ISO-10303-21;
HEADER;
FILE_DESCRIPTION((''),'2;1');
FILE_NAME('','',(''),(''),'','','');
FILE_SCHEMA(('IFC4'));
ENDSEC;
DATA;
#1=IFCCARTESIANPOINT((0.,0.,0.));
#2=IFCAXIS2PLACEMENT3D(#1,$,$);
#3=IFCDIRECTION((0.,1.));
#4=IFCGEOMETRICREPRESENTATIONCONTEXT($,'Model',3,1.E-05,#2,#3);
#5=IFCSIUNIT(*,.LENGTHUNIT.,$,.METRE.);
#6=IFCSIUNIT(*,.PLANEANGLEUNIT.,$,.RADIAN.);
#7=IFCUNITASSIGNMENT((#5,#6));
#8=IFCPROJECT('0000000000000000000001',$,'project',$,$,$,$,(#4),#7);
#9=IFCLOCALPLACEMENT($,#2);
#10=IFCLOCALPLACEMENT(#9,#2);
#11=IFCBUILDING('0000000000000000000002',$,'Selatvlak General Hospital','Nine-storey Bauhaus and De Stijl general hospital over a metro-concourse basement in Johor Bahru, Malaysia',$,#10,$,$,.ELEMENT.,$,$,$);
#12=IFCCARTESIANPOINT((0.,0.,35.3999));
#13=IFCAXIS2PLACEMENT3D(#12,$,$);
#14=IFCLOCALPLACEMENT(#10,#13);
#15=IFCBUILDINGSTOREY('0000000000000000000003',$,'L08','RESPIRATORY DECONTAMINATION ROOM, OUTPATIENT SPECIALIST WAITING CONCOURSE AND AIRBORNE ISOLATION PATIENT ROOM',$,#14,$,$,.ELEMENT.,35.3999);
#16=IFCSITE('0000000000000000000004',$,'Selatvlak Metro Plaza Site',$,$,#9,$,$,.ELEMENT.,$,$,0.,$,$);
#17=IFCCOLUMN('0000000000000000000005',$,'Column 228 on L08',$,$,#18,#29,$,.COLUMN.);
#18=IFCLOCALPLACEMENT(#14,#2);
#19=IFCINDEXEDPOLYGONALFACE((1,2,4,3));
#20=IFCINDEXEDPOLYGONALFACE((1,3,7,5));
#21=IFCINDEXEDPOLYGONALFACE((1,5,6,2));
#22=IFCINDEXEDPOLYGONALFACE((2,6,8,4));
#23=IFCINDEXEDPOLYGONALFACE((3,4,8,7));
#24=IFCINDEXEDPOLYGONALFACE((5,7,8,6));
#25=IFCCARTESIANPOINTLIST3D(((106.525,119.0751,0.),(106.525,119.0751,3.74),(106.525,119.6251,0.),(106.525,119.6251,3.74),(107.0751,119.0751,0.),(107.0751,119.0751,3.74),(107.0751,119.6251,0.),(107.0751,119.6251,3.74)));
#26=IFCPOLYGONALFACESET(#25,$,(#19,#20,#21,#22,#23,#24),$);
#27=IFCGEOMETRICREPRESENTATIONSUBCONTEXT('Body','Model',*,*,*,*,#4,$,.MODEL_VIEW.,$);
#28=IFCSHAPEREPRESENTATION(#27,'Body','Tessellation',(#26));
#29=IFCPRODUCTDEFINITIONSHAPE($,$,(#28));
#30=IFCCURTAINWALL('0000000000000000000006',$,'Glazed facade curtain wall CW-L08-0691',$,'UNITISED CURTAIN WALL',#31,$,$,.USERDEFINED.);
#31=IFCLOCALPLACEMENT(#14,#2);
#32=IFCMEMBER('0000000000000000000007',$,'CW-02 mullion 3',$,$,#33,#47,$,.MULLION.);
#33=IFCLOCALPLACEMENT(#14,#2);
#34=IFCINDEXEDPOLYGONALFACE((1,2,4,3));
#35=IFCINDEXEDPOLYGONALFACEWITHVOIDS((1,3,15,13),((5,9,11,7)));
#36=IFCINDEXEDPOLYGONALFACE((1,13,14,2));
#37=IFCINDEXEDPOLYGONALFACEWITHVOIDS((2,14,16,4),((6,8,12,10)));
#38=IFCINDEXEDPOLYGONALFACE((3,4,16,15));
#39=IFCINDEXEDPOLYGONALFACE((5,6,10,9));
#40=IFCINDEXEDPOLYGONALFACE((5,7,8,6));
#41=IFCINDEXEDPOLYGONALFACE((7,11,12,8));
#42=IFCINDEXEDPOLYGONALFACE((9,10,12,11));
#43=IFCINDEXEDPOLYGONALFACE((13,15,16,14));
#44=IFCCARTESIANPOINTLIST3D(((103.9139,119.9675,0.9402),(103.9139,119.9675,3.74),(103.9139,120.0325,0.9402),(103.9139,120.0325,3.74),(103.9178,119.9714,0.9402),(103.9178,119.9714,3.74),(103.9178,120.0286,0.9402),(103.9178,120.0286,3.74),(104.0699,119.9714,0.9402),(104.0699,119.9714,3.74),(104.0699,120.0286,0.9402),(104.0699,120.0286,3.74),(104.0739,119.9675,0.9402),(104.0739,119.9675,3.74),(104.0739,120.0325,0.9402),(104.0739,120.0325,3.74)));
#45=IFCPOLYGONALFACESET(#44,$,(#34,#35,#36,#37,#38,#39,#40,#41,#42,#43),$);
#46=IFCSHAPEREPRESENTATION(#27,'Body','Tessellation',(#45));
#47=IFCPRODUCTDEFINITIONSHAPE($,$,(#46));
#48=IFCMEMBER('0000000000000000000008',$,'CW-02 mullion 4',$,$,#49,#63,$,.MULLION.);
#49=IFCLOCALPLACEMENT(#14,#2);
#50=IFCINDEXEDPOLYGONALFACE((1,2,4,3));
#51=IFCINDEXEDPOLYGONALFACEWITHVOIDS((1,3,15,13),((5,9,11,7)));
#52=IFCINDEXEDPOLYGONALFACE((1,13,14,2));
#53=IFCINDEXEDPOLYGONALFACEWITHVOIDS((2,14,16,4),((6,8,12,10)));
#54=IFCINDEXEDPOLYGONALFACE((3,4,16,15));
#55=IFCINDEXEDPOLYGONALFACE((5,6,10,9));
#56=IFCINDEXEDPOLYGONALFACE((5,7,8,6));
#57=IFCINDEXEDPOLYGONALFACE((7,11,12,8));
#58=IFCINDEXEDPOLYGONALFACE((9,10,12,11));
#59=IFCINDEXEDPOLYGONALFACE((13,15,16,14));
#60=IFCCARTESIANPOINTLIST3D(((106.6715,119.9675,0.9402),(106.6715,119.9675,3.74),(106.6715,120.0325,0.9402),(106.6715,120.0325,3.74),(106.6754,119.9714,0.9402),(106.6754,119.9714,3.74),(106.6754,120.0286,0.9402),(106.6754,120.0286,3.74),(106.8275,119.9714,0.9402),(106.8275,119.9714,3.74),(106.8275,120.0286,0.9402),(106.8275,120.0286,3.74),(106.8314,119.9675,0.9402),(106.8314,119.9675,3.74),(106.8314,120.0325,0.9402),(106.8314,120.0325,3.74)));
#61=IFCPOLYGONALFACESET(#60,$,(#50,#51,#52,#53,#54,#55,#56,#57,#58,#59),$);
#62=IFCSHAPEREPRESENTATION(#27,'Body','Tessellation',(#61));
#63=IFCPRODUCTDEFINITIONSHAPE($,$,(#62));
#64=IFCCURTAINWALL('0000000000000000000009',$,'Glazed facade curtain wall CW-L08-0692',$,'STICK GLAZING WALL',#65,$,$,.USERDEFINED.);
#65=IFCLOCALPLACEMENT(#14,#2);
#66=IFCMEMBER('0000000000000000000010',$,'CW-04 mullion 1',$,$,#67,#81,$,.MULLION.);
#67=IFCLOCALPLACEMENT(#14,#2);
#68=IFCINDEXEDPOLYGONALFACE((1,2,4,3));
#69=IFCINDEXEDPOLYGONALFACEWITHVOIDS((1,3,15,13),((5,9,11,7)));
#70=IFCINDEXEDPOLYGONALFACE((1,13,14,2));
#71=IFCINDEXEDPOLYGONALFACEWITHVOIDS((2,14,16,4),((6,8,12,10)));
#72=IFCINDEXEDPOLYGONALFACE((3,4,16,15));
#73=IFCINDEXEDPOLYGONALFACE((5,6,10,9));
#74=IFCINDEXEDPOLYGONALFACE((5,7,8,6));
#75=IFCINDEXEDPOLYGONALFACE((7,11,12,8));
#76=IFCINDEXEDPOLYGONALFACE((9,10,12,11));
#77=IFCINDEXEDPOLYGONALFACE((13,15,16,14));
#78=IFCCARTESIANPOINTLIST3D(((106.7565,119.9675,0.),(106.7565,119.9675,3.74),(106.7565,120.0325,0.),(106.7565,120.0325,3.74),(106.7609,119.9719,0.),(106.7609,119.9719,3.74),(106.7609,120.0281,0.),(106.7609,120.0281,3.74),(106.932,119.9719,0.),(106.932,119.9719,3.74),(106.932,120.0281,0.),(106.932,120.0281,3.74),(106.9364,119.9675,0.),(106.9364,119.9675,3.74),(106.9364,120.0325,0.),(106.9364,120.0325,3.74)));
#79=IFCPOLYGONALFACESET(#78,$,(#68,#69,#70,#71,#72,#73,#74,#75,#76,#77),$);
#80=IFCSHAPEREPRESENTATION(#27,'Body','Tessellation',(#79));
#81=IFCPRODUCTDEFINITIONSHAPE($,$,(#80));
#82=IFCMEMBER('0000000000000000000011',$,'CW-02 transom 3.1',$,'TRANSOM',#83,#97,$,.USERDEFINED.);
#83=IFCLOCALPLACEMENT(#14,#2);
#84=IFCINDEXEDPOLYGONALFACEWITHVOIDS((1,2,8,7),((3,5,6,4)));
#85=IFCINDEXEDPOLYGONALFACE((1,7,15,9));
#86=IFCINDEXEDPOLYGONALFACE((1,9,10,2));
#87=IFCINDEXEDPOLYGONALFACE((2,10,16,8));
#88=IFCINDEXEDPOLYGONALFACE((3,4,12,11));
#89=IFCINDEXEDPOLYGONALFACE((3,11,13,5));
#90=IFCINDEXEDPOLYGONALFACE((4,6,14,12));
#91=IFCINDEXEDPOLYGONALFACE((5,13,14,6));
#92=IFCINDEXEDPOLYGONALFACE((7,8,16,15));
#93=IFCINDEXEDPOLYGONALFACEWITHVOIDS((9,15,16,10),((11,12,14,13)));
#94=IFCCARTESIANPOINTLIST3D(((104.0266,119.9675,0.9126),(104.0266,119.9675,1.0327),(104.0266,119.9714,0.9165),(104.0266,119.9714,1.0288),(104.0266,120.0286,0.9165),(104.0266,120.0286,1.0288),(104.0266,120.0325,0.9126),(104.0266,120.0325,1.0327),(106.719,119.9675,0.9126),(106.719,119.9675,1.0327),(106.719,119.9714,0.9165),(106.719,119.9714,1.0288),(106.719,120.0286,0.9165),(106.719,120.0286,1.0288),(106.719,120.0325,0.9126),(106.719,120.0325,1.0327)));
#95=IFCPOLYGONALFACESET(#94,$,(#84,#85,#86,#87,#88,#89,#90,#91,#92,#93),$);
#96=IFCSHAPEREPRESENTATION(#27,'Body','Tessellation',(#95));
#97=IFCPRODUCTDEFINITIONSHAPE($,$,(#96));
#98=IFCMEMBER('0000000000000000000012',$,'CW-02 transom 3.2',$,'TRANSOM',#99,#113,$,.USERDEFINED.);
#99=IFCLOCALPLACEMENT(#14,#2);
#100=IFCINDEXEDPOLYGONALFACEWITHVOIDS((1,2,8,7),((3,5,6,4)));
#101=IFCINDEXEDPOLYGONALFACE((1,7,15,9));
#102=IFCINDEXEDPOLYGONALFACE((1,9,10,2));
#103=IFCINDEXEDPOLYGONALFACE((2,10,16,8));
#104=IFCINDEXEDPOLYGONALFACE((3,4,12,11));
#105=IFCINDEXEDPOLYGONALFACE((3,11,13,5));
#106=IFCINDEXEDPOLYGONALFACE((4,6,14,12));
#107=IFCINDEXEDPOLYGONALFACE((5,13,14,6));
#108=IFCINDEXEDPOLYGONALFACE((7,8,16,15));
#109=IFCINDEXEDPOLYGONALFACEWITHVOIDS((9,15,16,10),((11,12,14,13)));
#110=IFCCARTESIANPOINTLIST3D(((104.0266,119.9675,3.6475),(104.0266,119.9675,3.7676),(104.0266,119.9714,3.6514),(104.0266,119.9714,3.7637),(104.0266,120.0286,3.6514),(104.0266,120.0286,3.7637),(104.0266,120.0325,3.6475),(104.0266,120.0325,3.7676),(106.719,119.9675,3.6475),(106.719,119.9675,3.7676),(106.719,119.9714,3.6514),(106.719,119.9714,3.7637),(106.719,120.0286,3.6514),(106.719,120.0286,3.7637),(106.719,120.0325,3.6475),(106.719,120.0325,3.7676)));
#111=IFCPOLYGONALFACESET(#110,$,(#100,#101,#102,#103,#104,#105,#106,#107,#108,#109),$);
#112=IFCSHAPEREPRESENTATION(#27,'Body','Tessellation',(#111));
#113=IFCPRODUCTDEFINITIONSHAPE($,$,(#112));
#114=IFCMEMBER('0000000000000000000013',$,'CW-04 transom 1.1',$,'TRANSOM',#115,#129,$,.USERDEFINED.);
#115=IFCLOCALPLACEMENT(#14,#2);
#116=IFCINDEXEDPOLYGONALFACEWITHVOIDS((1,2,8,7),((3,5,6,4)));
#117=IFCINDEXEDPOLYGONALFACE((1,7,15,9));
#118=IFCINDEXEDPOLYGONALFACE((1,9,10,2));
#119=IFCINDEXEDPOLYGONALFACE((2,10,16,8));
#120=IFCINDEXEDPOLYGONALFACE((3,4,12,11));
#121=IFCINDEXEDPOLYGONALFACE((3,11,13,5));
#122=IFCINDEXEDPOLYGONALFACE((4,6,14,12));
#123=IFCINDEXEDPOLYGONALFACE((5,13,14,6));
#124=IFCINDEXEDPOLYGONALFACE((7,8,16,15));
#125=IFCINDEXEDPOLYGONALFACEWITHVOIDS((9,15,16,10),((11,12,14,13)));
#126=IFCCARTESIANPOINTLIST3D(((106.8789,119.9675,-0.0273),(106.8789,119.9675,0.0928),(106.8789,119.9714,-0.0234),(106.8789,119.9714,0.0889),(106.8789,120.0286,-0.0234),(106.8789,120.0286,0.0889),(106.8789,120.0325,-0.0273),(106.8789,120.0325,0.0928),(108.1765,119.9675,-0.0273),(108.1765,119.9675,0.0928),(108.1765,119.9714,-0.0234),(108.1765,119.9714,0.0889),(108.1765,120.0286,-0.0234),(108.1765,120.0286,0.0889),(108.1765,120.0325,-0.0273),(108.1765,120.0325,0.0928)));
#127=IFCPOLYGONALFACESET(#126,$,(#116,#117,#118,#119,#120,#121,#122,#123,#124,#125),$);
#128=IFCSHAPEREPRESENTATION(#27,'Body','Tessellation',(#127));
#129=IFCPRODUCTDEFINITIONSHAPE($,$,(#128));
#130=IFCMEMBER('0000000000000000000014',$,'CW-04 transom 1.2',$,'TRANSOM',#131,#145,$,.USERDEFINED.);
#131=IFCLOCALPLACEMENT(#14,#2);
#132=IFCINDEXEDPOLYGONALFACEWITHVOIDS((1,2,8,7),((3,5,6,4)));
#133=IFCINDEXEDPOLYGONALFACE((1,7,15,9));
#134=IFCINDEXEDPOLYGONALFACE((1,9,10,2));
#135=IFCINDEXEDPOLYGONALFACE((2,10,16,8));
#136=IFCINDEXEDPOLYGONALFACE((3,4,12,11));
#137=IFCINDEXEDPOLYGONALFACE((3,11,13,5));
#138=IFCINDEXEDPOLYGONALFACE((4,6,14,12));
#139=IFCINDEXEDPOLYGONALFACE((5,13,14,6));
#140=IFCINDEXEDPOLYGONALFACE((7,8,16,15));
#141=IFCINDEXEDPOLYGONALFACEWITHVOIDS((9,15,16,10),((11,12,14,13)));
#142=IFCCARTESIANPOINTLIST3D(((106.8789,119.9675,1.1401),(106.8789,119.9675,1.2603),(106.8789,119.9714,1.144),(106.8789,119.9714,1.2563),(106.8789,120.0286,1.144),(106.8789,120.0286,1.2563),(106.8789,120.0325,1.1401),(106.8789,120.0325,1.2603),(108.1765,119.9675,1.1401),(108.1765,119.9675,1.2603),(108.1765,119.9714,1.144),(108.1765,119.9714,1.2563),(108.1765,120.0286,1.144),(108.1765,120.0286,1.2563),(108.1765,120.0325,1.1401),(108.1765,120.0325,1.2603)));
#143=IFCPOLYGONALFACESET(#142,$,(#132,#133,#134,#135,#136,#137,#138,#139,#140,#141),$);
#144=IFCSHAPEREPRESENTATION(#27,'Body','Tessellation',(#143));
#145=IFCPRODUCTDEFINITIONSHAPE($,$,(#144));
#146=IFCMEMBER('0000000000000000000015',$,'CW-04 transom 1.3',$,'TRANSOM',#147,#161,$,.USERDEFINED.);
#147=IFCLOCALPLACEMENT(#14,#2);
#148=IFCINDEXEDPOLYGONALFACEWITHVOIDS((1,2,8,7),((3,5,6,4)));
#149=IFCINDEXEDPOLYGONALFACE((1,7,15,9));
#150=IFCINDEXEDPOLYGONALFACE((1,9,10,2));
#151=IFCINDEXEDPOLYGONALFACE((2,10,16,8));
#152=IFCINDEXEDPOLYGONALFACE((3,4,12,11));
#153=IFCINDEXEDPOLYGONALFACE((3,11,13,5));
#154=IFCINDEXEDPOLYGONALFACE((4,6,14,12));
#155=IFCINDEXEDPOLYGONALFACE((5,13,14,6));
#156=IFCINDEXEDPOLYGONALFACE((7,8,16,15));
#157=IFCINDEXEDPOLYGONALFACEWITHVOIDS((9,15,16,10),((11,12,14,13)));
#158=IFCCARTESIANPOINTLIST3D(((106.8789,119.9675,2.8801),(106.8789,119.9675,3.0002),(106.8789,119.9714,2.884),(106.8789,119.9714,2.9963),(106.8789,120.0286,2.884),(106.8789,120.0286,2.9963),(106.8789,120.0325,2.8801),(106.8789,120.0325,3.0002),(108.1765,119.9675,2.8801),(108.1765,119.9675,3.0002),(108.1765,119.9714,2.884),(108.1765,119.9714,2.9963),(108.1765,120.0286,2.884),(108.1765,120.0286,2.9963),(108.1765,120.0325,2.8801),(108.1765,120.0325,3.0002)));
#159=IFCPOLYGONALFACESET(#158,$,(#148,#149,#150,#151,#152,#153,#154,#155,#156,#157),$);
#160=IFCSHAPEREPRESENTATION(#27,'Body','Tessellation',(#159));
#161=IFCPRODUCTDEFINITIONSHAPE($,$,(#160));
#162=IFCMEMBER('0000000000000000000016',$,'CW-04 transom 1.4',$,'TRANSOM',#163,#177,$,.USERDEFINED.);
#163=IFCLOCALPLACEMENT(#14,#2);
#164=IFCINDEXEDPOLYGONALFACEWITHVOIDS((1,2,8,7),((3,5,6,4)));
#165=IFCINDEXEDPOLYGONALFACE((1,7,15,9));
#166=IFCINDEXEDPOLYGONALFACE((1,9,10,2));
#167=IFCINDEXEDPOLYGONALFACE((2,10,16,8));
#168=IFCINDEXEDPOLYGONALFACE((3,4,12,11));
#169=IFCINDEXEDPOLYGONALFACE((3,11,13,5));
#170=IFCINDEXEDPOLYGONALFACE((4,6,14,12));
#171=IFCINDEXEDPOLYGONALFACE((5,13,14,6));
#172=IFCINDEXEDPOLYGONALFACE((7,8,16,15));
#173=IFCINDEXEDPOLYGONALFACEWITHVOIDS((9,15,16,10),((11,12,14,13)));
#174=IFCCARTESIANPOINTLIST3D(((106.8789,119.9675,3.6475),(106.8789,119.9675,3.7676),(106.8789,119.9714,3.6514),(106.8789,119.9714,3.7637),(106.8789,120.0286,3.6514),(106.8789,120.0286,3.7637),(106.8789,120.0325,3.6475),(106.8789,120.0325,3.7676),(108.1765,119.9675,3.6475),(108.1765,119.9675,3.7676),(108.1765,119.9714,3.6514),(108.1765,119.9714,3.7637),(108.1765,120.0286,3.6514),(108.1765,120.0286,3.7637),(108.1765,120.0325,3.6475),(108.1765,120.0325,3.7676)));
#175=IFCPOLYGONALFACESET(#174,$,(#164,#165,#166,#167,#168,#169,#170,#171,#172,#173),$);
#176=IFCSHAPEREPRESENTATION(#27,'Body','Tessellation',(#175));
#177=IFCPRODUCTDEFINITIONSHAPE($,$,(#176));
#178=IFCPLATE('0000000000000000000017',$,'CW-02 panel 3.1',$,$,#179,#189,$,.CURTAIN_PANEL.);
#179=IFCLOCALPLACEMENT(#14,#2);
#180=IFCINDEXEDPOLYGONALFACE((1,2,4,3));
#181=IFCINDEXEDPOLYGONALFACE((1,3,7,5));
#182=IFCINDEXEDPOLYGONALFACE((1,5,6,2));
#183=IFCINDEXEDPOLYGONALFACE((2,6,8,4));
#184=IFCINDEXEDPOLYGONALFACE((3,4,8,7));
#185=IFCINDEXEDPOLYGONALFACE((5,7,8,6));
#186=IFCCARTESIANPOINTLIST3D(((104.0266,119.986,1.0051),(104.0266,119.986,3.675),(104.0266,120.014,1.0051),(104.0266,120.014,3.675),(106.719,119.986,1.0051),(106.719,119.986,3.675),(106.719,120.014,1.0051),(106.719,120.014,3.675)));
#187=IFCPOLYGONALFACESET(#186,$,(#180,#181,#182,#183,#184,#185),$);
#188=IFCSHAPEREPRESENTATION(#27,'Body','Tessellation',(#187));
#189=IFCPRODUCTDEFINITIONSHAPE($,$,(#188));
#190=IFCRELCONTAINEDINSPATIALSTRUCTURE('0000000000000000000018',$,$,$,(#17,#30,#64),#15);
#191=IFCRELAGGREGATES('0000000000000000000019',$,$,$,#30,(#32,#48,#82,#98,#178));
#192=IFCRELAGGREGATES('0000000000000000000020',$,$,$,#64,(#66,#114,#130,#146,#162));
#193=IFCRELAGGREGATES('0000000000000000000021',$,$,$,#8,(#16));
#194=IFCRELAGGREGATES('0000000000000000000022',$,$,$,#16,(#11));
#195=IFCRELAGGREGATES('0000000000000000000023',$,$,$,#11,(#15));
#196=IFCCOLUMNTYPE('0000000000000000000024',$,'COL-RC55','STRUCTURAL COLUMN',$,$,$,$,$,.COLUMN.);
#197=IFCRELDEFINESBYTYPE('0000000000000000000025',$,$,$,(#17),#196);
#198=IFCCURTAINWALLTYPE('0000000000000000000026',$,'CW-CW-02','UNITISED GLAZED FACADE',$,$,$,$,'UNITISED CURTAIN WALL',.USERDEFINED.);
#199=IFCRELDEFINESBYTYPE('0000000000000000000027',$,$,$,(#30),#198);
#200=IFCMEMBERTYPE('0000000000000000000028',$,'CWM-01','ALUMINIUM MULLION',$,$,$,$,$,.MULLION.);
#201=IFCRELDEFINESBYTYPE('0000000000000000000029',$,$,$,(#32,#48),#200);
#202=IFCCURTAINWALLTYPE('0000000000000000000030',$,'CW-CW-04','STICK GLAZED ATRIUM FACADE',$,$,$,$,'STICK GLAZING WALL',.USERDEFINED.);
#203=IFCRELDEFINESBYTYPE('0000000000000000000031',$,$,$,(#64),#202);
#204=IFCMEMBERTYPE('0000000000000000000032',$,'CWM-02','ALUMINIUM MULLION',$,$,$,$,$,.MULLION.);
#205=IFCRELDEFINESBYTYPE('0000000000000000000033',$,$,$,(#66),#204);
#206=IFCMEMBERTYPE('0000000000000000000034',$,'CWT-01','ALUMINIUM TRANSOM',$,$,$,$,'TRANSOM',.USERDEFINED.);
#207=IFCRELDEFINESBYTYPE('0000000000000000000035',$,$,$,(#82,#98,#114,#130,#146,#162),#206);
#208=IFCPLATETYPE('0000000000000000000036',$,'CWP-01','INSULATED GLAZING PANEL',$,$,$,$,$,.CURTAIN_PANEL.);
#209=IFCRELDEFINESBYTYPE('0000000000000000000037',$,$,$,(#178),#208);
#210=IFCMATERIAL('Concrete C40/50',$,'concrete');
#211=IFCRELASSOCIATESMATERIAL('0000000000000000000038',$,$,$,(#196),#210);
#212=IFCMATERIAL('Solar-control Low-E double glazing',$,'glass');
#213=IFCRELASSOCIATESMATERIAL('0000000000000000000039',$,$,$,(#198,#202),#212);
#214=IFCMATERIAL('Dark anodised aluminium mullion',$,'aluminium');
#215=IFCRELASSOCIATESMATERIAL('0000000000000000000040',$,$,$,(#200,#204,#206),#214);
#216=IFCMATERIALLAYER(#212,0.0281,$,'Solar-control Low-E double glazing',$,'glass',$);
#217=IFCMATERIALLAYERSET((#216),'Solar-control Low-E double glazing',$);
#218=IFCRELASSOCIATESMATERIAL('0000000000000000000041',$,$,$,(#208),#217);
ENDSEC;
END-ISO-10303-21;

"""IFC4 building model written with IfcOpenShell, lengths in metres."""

from ifc_helpers import new_model, si_unit, direction, frame, origin, origin_2d, place, context, subcontext, project, spatial, rectangle, hollow_rectangle, extrude, material, layer, layer_set, material_profile, profile_set, type_object, element, aggregate, save


model = new_model("IFC4")

# Units and contexts
model_context = context("Model", 3, precision=1e-05, world=origin(), true_north=direction((0.0, 1.0)))
body_context = subcontext(model_context, "Body", "Model", "MODEL_VIEW")
ifc_project = project(units=[si_unit("LENGTHUNIT", "METRE"), si_unit("PLANEANGLEUNIT", "RADIAN")], contexts=[model_context])

# Site, building, storey
site_placement = place(None, origin())
site = spatial("IfcSite", under=ifc_project, at=site_placement, Name="Selatvlak Metro Plaza Site", CompositionType="ELEMENT", RefElevation=0.0)
building_placement = place(site_placement, origin())
building = spatial("IfcBuilding", under=site, at=building_placement, Name="Selatvlak General Hospital", Description="Nine-storey Bauhaus and De Stijl general hospital over a metro-concourse basement in Johor Bahru, Malaysia", CompositionType="ELEMENT")
storey_placement = place(building_placement, frame((0.0, 0.0, 35.3999)))
storey = spatial("IfcBuildingStorey", under=building, at=storey_placement, Name="L08", Description="RESPIRATORY DECONTAMINATION ROOM, OUTPATIENT SPECIALIST WAITING CONCOURSE AND AIRBORNE ISOLATION PATIENT ROOM", CompositionType="ELEMENT", Elevation=35.3999)

# Column
ifc_material_1 = material(Name="Concrete C40/50", Category="concrete")
ifc_material_profile_1 = material_profile(ifc_material_1, rectangle(XDim=0.55, YDim=0.55, at=origin_2d()), Name="RC-COL 550x550")
ifc_profile_set_1 = profile_set([ifc_material_profile_1], Name="Concrete C40/50")
column_type = type_object("IfcColumnType", Name="COL-RC55", Description="STRUCTURAL COLUMN", PredefinedType="COLUMN", material=ifc_profile_set_1)
column_placement = place(storey_placement, frame((106.8, 119.3501, 0.0), z_axis=(0.0, 0.0, 1.0), x_axis=(1.0, 0.0, 0.0)))
element("IfcColumn", 1, at=column_placement, inside=storey, type_object=column_type, Name="Column 228 on L08", PredefinedType="COLUMN", context=body_context, shape_type="SweptSolid", body=[
    extrude(rectangle(XDim=0.55, YDim=0.55, at=origin_2d()), origin(), (0.0, 0.0, 1.0), 3.74),
])

# Curtain wall, members
ifc_material_2 = material(Name="Solar-control Low-E double glazing", Category="glass")
curtain_wall_type_1 = type_object("IfcCurtainWallType", Name="CW-CW-02", Description="UNITISED GLAZED FACADE", ElementType="UNITISED CURTAIN WALL", PredefinedType="USERDEFINED", material=ifc_material_2)
curtain_wall_1_placement = place(storey_placement, origin())
curtain_wall_1 = element("IfcCurtainWall", 2, at=curtain_wall_1_placement, inside=storey, type_object=curtain_wall_type_1, Name="Glazed facade curtain wall CW-L08-0691", ObjectType="UNITISED CURTAIN WALL", PredefinedType="USERDEFINED")
ifc_material_3 = material(Name="Dark anodised aluminium mullion", Category="aluminium")
ifc_material_profile_2 = material_profile(ifc_material_3, hollow_rectangle(XDim=0.0649, YDim=0.1599, WallThickness=0.0039, at=origin_2d()), Name="AL-MUL 65x160x4")
ifc_profile_set_2 = profile_set([ifc_material_profile_2], Name="Dark anodised aluminium mullion")
member_type_1 = type_object("IfcMemberType", Name="CWM-01", Description="ALUMINIUM MULLION", PredefinedType="MULLION", material=ifc_profile_set_2)
member_1_placement = place(storey_placement, frame((103.9939, 120.0, 0.9402), z_axis=(0.0, 0.0, 1.0), x_axis=(0.0, 1.0, 0.0)))
member_1 = element("IfcMember", 3, at=member_1_placement, type_object=member_type_1, Name="CW-02 mullion 3", PredefinedType="MULLION", context=body_context, shape_type="SweptSolid", body=[
    extrude(hollow_rectangle(XDim=0.0649, YDim=0.1599, WallThickness=0.0039, at=origin_2d()), origin(), (0.0, 0.0, 1.0), 2.7998),
])
member_2_placement = place(storey_placement, frame((106.7515, 120.0, 0.9402), z_axis=(0.0, 0.0, 1.0), x_axis=(0.0, 1.0, 0.0)))
member_2 = element("IfcMember", 4, at=member_2_placement, type_object=member_type_1, Name="CW-02 mullion 4", PredefinedType="MULLION", context=body_context, shape_type="SweptSolid", body=[
    extrude(hollow_rectangle(XDim=0.0649, YDim=0.1599, WallThickness=0.0039, at=origin_2d()), origin(), (0.0, 0.0, 1.0), 2.7998),
])

# Curtain wall, member
curtain_wall_type_2 = type_object("IfcCurtainWallType", Name="CW-CW-04", Description="STICK GLAZED ATRIUM FACADE", ElementType="STICK GLAZING WALL", PredefinedType="USERDEFINED", material=ifc_material_2)
curtain_wall_2_placement = place(storey_placement, origin())
curtain_wall_2 = element("IfcCurtainWall", 5, at=curtain_wall_2_placement, inside=storey, type_object=curtain_wall_type_2, Name="Glazed facade curtain wall CW-L08-0692", ObjectType="STICK GLAZING WALL", PredefinedType="USERDEFINED")
ifc_material_profile_3 = material_profile(ifc_material_3, hollow_rectangle(XDim=0.0649, YDim=0.1799, WallThickness=0.0044, at=origin_2d()), Name="AL-MUL 65x180x4.5")
ifc_profile_set_3 = profile_set([ifc_material_profile_3], Name="Dark anodised aluminium mullion")
member_type_2 = type_object("IfcMemberType", Name="CWM-02", Description="ALUMINIUM MULLION", PredefinedType="MULLION", material=ifc_profile_set_3)
member_3_placement = place(storey_placement, frame((106.8464, 120.0, 0.0), z_axis=(0.0, 0.0, 1.0), x_axis=(0.0, 1.0, 0.0)))
member_3 = element("IfcMember", 6, at=member_3_placement, type_object=member_type_2, Name="CW-04 mullion 1", PredefinedType="MULLION", context=body_context, shape_type="SweptSolid", body=[
    extrude(hollow_rectangle(XDim=0.0649, YDim=0.1799, WallThickness=0.0044, at=origin_2d()), origin(), (0.0, 0.0, 1.0), 3.74),
])

# Members
ifc_material_profile_4 = material_profile(ifc_material_3, hollow_rectangle(XDim=0.0649, YDim=0.1201, WallThickness=0.0039, at=origin_2d()), Name="AL-TRN 65x120x4")
ifc_profile_set_4 = profile_set([ifc_material_profile_4], Name="Dark anodised aluminium mullion")
member_type_3 = type_object("IfcMemberType", Name="CWT-01", Description="ALUMINIUM TRANSOM", ElementType="TRANSOM", PredefinedType="USERDEFINED", material=ifc_profile_set_4)
member_4_placement = place(storey_placement, frame((104.0266, 120.0, 0.9727), z_axis=(1.0, 0.0, 0.0), x_axis=(0.0, 1.0, 0.0)))
member_4 = element("IfcMember", 7, at=member_4_placement, type_object=member_type_3, Name="CW-02 transom 3.1", ObjectType="TRANSOM", PredefinedType="USERDEFINED", context=body_context, shape_type="SweptSolid", body=[
    extrude(hollow_rectangle(XDim=0.0649, YDim=0.1201, WallThickness=0.0039, at=origin_2d()), origin(), (0.0, 0.0, 1.0), 2.6924),
])
member_5_placement = place(storey_placement, frame((104.0266, 120.0, 3.7075), z_axis=(1.0, 0.0, 0.0), x_axis=(0.0, 1.0, 0.0)))
member_5 = element("IfcMember", 8, at=member_5_placement, type_object=member_type_3, Name="CW-02 transom 3.2", ObjectType="TRANSOM", PredefinedType="USERDEFINED", context=body_context, shape_type="SweptSolid", body=[
    extrude(hollow_rectangle(XDim=0.0649, YDim=0.1201, WallThickness=0.0039, at=origin_2d()), origin(), (0.0, 0.0, 1.0), 2.6924),
])
member_6_placement = place(storey_placement, frame((106.8789, 120.0, 0.0327), z_axis=(1.0, 0.0, 0.0), x_axis=(0.0, 1.0, 0.0)))
member_6 = element("IfcMember", 9, at=member_6_placement, type_object=member_type_3, Name="CW-04 transom 1.1", ObjectType="TRANSOM", PredefinedType="USERDEFINED", context=body_context, shape_type="SweptSolid", body=[
    extrude(hollow_rectangle(XDim=0.0649, YDim=0.1201, WallThickness=0.0039, at=origin_2d()), origin(), (0.0, 0.0, 1.0), 1.2976),
])
member_7_placement = place(storey_placement, frame((106.8789, 120.0, 1.2002), z_axis=(1.0, 0.0, 0.0), x_axis=(0.0, 1.0, 0.0)))
member_7 = element("IfcMember", 10, at=member_7_placement, type_object=member_type_3, Name="CW-04 transom 1.2", ObjectType="TRANSOM", PredefinedType="USERDEFINED", context=body_context, shape_type="SweptSolid", body=[
    extrude(hollow_rectangle(XDim=0.0649, YDim=0.1201, WallThickness=0.0039, at=origin_2d()), origin(), (0.0, 0.0, 1.0), 1.2976),
])
member_8_placement = place(storey_placement, frame((106.8789, 120.0, 2.9402), z_axis=(1.0, 0.0, 0.0), x_axis=(0.0, 1.0, 0.0)))
member_8 = element("IfcMember", 11, at=member_8_placement, type_object=member_type_3, Name="CW-04 transom 1.3", ObjectType="TRANSOM", PredefinedType="USERDEFINED", context=body_context, shape_type="SweptSolid", body=[
    extrude(hollow_rectangle(XDim=0.0649, YDim=0.1201, WallThickness=0.0039, at=origin_2d()), origin(), (0.0, 0.0, 1.0), 1.2976),
])
member_9_placement = place(storey_placement, frame((106.8789, 120.0, 3.7075), z_axis=(1.0, 0.0, 0.0), x_axis=(0.0, 1.0, 0.0)))
member_9 = element("IfcMember", 12, at=member_9_placement, type_object=member_type_3, Name="CW-04 transom 1.4", ObjectType="TRANSOM", PredefinedType="USERDEFINED", context=body_context, shape_type="SweptSolid", body=[
    extrude(hollow_rectangle(XDim=0.0649, YDim=0.1201, WallThickness=0.0039, at=origin_2d()), origin(), (0.0, 0.0, 1.0), 1.2976),
])

# Plate
ifc_layer_1 = layer(ifc_material_2, 0.0281, Name="Solar-control Low-E double glazing", Category="glass")
ifc_layer_set_1 = layer_set([ifc_layer_1], Name="Solar-control Low-E double glazing")
plate_type = type_object("IfcPlateType", Name="CWP-01", Description="INSULATED GLAZING PANEL", PredefinedType="CURTAIN_PANEL", material=ifc_layer_set_1)
plate_1_placement = place(storey_placement, frame((105.3728, 120.0, 1.0051), z_axis=(0.0, 0.0, 1.0), x_axis=(1.0, 0.0, 0.0)))
plate_1 = element("IfcPlate", 13, at=plate_1_placement, type_object=plate_type, Name="CW-02 panel 3.1", PredefinedType="CURTAIN_PANEL", context=body_context, shape_type="SweptSolid", body=[
    extrude(rectangle(XDim=2.6924, YDim=0.0281, at=origin_2d()), origin(), (0.0, 0.0, 1.0), 2.6699),
])
aggregate(curtain_wall_1, [member_1, member_2, member_4, member_5, plate_1])
aggregate(curtain_wall_2, [member_3, member_6, member_7, member_8, member_9])

save(model, "model.ifc")
